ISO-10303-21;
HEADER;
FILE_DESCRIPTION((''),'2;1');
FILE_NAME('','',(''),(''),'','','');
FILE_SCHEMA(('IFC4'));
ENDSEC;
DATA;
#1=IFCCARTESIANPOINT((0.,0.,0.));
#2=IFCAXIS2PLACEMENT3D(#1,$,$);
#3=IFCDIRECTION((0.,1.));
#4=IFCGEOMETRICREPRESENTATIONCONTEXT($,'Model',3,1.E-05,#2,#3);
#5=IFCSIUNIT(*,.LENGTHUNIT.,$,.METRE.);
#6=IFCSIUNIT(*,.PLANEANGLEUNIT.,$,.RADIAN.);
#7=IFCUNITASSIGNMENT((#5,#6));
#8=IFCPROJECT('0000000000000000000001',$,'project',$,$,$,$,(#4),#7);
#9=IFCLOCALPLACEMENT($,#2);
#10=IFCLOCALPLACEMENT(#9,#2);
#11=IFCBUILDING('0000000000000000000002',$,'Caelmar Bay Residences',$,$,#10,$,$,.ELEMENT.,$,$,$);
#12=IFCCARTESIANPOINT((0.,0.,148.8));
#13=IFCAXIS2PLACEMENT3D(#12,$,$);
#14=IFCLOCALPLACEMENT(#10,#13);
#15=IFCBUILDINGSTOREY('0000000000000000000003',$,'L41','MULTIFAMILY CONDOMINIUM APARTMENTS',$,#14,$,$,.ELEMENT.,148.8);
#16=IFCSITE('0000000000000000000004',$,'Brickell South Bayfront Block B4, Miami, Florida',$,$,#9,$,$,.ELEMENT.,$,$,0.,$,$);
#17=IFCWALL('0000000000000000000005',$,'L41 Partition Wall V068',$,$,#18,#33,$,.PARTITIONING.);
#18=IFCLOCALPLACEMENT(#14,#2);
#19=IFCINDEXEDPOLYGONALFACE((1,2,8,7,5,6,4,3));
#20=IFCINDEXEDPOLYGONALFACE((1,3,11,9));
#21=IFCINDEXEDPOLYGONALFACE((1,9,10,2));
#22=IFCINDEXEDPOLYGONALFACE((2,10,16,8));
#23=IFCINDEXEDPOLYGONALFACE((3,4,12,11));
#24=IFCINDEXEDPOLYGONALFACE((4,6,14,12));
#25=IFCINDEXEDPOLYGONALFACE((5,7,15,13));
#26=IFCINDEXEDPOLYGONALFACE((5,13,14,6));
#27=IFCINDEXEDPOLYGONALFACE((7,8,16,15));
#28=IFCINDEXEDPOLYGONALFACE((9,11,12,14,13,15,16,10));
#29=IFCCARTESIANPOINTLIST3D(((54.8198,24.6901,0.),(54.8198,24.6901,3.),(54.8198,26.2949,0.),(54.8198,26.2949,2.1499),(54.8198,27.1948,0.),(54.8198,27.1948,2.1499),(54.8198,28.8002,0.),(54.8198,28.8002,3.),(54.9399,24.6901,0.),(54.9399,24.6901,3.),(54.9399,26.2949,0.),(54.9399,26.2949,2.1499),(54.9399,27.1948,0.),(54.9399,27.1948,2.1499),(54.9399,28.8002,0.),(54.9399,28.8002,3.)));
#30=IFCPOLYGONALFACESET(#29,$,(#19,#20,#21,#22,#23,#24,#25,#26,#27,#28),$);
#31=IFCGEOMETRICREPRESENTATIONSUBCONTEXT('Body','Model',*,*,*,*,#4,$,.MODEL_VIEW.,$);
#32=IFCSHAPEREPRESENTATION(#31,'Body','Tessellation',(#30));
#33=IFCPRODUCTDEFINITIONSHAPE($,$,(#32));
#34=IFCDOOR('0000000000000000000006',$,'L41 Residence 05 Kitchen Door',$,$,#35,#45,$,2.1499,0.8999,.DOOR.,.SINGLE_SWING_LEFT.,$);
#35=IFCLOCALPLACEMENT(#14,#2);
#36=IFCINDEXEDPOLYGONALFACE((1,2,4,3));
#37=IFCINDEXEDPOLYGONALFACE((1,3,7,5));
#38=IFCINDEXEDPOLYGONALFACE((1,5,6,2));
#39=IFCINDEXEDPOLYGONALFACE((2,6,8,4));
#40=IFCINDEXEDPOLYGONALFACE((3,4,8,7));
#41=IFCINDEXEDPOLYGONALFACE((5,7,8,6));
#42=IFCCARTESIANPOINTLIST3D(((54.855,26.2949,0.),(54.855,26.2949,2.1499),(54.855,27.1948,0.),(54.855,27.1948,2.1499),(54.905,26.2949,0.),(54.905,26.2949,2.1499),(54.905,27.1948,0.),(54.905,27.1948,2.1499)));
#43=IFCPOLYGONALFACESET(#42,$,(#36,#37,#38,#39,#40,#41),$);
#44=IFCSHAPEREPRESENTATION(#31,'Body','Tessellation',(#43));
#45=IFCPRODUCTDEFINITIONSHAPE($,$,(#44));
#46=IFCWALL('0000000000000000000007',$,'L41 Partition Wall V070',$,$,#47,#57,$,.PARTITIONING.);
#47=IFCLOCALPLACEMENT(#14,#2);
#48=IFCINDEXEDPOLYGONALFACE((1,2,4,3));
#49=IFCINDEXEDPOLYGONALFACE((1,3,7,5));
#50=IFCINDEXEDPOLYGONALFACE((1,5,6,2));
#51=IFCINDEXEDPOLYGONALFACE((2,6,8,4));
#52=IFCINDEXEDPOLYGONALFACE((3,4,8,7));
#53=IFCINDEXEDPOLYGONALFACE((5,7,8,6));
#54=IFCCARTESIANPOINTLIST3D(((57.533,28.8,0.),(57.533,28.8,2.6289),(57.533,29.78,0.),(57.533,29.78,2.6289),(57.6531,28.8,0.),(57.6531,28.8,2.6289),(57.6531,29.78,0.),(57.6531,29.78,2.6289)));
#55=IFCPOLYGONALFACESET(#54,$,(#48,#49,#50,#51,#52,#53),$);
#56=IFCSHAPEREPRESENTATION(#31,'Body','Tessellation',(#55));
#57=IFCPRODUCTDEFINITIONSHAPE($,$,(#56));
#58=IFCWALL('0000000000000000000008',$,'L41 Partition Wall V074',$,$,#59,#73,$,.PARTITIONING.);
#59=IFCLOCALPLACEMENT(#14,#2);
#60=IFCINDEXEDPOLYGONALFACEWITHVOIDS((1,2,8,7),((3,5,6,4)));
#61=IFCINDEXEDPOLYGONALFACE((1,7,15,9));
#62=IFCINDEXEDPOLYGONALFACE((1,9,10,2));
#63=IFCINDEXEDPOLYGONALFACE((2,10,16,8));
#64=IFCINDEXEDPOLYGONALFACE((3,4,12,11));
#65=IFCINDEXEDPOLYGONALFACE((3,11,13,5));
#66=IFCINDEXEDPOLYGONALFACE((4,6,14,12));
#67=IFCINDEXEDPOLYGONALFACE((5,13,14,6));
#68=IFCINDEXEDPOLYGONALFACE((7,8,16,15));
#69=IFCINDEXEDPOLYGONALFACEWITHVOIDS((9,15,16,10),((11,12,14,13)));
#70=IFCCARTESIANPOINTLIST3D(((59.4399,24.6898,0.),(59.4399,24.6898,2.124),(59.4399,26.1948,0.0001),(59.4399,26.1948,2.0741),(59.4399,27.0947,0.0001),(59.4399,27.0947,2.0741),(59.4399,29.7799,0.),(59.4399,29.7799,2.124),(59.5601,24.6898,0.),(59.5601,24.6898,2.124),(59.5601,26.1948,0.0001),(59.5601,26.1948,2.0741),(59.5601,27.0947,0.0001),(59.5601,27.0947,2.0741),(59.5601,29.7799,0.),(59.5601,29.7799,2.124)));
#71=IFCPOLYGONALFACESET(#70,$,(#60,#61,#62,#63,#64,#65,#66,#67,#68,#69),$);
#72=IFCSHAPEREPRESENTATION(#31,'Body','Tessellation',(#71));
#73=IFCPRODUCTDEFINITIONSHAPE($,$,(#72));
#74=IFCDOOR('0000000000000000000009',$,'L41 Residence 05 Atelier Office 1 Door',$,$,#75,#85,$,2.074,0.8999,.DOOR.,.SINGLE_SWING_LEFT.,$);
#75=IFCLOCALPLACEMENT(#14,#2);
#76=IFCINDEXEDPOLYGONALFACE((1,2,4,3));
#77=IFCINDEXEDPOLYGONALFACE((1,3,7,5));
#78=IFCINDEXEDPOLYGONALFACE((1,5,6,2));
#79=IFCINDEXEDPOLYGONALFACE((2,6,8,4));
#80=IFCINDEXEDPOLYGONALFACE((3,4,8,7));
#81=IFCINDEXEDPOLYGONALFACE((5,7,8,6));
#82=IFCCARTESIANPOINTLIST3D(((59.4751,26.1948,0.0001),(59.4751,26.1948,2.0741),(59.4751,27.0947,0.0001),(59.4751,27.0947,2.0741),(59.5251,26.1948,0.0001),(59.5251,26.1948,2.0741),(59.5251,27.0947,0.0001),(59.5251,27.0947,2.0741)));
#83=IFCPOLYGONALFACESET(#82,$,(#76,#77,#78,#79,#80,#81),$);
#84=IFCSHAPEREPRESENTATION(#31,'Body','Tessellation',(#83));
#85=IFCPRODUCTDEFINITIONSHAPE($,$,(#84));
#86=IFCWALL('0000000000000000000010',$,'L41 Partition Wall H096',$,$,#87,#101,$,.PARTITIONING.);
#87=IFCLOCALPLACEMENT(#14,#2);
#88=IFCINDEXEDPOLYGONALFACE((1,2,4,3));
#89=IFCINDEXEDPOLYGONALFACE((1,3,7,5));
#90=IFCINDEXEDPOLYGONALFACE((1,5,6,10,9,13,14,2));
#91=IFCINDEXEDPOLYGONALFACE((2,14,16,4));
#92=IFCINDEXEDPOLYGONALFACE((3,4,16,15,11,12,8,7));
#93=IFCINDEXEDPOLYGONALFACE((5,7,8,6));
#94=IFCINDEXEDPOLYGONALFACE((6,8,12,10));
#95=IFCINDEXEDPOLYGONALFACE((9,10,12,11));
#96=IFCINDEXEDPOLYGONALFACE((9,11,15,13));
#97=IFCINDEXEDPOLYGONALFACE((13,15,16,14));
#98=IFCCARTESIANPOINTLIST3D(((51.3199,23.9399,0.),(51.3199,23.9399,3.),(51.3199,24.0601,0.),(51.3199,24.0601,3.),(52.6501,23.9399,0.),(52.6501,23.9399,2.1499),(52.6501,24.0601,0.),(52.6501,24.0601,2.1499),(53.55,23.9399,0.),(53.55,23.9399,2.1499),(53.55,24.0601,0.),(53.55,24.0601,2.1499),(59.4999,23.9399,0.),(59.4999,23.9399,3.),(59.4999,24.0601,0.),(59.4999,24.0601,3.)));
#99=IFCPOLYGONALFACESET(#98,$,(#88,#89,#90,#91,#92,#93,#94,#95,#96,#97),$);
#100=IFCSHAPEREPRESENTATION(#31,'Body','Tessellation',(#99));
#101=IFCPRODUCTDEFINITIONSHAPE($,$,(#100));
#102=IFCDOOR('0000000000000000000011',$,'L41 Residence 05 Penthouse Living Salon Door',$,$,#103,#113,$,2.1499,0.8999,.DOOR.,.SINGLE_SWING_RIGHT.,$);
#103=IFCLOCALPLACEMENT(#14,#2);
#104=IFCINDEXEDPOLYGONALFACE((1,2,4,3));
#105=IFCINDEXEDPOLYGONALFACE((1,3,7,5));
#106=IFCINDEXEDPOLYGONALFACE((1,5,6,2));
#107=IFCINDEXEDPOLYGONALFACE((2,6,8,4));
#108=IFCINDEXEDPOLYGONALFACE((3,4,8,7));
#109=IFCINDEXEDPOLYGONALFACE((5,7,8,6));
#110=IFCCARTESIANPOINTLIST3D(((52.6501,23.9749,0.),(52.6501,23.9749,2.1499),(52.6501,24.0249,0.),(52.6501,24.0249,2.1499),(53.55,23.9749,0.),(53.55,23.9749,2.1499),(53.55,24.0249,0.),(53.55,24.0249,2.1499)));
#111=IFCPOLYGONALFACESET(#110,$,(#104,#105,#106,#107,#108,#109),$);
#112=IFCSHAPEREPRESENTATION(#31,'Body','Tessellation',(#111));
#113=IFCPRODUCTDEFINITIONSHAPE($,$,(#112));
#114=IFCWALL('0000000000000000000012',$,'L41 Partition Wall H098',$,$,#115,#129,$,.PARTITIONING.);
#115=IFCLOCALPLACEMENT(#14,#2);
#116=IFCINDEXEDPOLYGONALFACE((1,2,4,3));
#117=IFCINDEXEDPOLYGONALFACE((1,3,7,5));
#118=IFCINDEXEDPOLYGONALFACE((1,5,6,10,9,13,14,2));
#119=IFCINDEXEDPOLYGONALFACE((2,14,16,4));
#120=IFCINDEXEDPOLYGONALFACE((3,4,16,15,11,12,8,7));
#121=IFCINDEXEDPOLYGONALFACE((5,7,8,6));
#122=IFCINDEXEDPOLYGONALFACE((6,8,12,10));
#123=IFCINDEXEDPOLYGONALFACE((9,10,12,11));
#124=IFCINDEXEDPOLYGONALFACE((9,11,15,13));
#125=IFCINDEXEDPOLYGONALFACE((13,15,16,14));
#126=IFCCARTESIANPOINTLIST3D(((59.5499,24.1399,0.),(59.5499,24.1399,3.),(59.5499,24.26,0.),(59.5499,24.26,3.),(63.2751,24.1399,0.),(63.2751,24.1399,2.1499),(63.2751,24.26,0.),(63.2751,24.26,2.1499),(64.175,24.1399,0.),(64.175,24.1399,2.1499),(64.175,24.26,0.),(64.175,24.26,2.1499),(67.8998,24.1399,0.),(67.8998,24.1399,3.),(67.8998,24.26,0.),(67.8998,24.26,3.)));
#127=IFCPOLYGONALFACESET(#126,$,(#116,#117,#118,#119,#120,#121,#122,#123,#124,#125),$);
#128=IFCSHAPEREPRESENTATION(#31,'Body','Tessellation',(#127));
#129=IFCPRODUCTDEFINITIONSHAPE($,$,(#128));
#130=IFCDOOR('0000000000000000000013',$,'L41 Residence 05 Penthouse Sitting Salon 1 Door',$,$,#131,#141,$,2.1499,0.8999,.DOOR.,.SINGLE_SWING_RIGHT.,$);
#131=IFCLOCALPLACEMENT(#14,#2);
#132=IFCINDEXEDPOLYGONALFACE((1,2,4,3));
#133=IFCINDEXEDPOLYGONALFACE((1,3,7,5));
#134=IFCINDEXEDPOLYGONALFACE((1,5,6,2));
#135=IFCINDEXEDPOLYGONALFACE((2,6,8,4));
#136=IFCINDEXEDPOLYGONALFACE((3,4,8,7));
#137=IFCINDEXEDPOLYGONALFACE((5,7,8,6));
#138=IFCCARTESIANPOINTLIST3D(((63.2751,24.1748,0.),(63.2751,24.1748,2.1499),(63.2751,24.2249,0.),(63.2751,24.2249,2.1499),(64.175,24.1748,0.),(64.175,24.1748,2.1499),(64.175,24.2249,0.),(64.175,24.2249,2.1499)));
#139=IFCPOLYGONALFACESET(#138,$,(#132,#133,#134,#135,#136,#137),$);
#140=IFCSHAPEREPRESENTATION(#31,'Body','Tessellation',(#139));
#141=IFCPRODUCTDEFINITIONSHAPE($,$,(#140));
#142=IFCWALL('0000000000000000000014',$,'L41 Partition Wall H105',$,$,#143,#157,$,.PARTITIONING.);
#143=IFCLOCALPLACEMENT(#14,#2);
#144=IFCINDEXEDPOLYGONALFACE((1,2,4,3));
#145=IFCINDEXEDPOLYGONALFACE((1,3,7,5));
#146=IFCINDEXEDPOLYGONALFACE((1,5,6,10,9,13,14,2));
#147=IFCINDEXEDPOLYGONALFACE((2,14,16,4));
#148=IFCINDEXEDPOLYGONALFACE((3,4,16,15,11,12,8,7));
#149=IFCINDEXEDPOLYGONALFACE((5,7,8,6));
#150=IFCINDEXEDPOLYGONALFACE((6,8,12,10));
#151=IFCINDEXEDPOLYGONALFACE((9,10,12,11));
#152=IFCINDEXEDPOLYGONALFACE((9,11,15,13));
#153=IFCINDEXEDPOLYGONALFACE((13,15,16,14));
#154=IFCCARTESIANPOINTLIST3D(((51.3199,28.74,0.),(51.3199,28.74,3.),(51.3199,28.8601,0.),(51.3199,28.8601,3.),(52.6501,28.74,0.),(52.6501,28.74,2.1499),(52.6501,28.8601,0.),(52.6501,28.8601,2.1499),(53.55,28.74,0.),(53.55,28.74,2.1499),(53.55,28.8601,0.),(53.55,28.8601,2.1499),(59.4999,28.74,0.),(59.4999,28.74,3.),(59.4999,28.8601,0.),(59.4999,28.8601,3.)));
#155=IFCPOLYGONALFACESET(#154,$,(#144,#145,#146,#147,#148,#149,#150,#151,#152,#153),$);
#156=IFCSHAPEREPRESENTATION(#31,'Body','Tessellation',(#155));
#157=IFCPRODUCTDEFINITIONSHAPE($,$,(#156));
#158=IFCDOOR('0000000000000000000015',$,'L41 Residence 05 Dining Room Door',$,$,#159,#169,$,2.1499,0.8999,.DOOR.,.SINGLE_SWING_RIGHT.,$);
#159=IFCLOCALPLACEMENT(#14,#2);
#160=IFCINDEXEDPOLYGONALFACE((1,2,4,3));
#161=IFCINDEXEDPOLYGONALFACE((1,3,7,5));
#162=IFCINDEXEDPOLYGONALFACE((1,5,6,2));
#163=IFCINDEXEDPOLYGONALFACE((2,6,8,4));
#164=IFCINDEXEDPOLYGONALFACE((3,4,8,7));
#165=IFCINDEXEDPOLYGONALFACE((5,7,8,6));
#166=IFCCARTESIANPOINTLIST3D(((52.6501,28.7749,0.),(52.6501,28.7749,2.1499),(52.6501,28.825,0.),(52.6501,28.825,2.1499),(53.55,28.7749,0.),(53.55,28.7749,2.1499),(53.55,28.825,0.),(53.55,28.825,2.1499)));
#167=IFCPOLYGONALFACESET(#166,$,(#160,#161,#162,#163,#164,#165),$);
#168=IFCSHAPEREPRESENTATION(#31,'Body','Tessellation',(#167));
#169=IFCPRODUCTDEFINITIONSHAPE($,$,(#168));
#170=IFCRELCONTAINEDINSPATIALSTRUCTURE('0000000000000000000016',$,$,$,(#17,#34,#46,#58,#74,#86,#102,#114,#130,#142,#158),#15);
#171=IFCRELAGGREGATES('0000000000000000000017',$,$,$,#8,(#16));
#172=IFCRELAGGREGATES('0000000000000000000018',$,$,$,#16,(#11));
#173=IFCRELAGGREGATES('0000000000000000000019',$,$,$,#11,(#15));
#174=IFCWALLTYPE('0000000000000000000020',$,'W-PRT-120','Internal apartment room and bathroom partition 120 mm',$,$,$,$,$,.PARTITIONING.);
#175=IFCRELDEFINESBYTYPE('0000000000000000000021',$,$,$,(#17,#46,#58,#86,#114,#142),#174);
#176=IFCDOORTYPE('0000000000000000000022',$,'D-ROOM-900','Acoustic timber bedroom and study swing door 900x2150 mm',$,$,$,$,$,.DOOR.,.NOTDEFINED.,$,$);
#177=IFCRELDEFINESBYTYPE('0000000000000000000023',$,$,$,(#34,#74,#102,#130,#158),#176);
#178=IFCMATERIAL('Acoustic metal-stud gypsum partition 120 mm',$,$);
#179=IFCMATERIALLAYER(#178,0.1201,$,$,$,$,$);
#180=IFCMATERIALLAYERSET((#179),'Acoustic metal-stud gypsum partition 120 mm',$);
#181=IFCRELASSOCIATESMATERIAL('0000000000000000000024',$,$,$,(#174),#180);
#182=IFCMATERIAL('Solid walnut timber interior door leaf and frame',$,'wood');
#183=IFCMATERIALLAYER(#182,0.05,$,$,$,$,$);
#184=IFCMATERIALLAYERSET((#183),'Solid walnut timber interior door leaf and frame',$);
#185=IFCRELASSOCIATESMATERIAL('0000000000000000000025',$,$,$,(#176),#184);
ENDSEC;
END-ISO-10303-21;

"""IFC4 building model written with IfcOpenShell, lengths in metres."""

from ifc_helpers import new_model, si_unit, direction, frame, frame_2d, origin, place, context, subcontext, project, spatial, rectangle, extrude, material, layer, layer_set, type_object, element, fill, save


model = new_model("IFC4")

# Units and contexts
model_context = context("Model", 3, precision=1e-05, world=origin(), true_north=direction((0.0, 1.0)))
body_context = subcontext(model_context, "Body", "Model", "MODEL_VIEW")
ifc_project = project(units=[si_unit("LENGTHUNIT", "METRE"), si_unit("PLANEANGLEUNIT", "RADIAN")], contexts=[model_context])

# Site, building, storey
site_placement = place(None, origin())
site = spatial("IfcSite", under=ifc_project, at=site_placement, Name="Brickell South Bayfront Block B4, Miami, Florida", CompositionType="ELEMENT", RefElevation=0.0)
building_placement = place(site_placement, origin())
building = spatial("IfcBuilding", under=site, at=building_placement, Name="Caelmar Bay Residences", CompositionType="ELEMENT")
storey_placement = place(building_placement, frame((0.0, 0.0, 148.8)))
storey = spatial("IfcBuildingStorey", under=building, at=storey_placement, Name="L41", Description="MULTIFAMILY CONDOMINIUM APARTMENTS", CompositionType="ELEMENT", Elevation=148.8)

# Shared definitions
ifc_material_1 = material(Name="Acoustic metal-stud gypsum partition 120 mm")
ifc_layer_1 = layer(ifc_material_1, 0.1201)
ifc_layer_set_1 = layer_set([ifc_layer_1], Name="Acoustic metal-stud gypsum partition 120 mm")
wall_type_1 = type_object("IfcWallType", Name="W-PRT-120", Description="Internal apartment room and bathroom partition 120 mm", PredefinedType="PARTITIONING", material=ifc_layer_set_1)

# Wall, opening, door
wall_1_placement = place(storey_placement, frame((54.8799, 24.6899, 0.0), z_axis=(0.0, 0.0, 1.0), x_axis=(0.0, 1.0, 0.0)))
wall_1 = element("IfcWall", 1, at=wall_1_placement, inside=storey, type_object=wall_type_1, Name="L41 Partition Wall V068", PredefinedType="PARTITIONING", context=body_context, shape_type="SweptSolid", body=[
    extrude(rectangle(XDim=4.1101, YDim=0.1201, at=frame_2d((2.0552, 0.0))), origin(), (0.0, 0.0, 1.0), 3.0),
])
opening_1_placement = place(wall_1_placement, frame((1.605, 0.0, 0.0)))
opening_1 = element("IfcOpeningElement", 2, at=opening_1_placement, cuts=wall_1, PredefinedType="OPENING", context=body_context, shape_type="SweptSolid", body=[
    extrude(rectangle(XDim=0.8999, YDim=2.1499, at=frame_2d((0.45, 1.075))), frame((0.0, 0.0701, 0.0), z_axis=(0.0, -1.0, 0.0), x_axis=(1.0, 0.0, 0.0)), (0.0, 0.0, 1.0), 0.1401),
])
ifc_material_2 = material(Name="Solid walnut timber interior door leaf and frame", Category="wood")
ifc_layer_2 = layer(ifc_material_2, 0.05)
ifc_layer_set_2 = layer_set([ifc_layer_2], Name="Solid walnut timber interior door leaf and frame")
door_type = type_object("IfcDoorType", Name="D-ROOM-900", Description="Acoustic timber bedroom and study swing door 900x2150 mm", OperationType="NOTDEFINED", PredefinedType="DOOR", material=ifc_layer_set_2)
door_1_placement = place(opening_1_placement, origin())
door_1 = element("IfcDoor", 3, at=door_1_placement, inside=storey, type_object=door_type, Name="L41 Residence 05 Kitchen Door", OperationType="SINGLE_SWING_LEFT", OverallHeight=2.1499, OverallWidth=0.8999, PredefinedType="DOOR", context=body_context, shape_type="SweptSolid", body=[
    extrude(rectangle(XDim=0.8999, YDim=2.1499, at=frame_2d((0.45, 1.075))), frame((0.0, 0.0249, 0.0), z_axis=(0.0, -1.0, 0.0), x_axis=(1.0, 0.0, 0.0)), (0.0, 0.0, 1.0), 0.05),
])
fill(opening_1, door_1)

# Wall
wall_2_placement = place(storey_placement, frame((57.593, 28.8, 0.0), z_axis=(0.0, 0.0, 1.0), x_axis=(0.0, 1.0, 0.0)))
element("IfcWall", 4, at=wall_2_placement, inside=storey, type_object=wall_type_1, Name="L41 Partition Wall V070", PredefinedType="PARTITIONING", context=body_context, shape_type="SweptSolid", body=[
    extrude(rectangle(XDim=0.98, YDim=0.1201, at=frame_2d((0.49, 0.0))), origin(), (0.0, 0.0, 1.0), 2.6289),
])

# Walls, openings, doors
wall_3_placement = place(storey_placement, frame((59.5, 24.6899, 0.0), z_axis=(0.0, 0.0, 1.0), x_axis=(0.0, 1.0, 0.0)))
wall_3 = element("IfcWall", 5, at=wall_3_placement, inside=storey, type_object=wall_type_1, Name="L41 Partition Wall V074", PredefinedType="PARTITIONING", context=body_context, shape_type="SweptSolid", body=[
    extrude(rectangle(XDim=5.0901, YDim=0.1201, at=frame_2d((2.5449, 0.0))), origin(), (0.0, 0.0, 1.0), 2.124),
])
opening_2_placement = place(wall_3_placement, frame((1.5049, 0.0, 0.0)))
opening_2 = element("IfcOpeningElement", 6, at=opening_2_placement, cuts=wall_3, PredefinedType="OPENING", context=body_context, shape_type="SweptSolid", body=[
    extrude(rectangle(XDim=0.8999, YDim=2.074, at=frame_2d((0.45, 1.0371))), frame((0.0, 0.0701, 0.0), z_axis=(0.0, -1.0, 0.0), x_axis=(1.0, 0.0, 0.0)), (0.0, 0.0, 1.0), 0.1401),
])
door_2_placement = place(opening_2_placement, origin())
door_2 = element("IfcDoor", 7, at=door_2_placement, inside=storey, type_object=door_type, Name="L41 Residence 05 Atelier Office 1 Door", OperationType="SINGLE_SWING_LEFT", OverallHeight=2.074, OverallWidth=0.8999, PredefinedType="DOOR", context=body_context, shape_type="SweptSolid", body=[
    extrude(rectangle(XDim=0.8999, YDim=2.074, at=frame_2d((0.45, 1.0371))), frame((0.0, 0.0249, 0.0), z_axis=(0.0, -1.0, 0.0), x_axis=(1.0, 0.0, 0.0)), (0.0, 0.0, 1.0), 0.05),
])
fill(opening_2, door_2)
wall_4_placement = place(storey_placement, frame((51.3201, 24.0, 0.0), z_axis=(0.0, 0.0, 1.0), x_axis=(1.0, 0.0, 0.0)))
wall_4 = element("IfcWall", 8, at=wall_4_placement, inside=storey, type_object=wall_type_1, Name="L41 Partition Wall H096", PredefinedType="PARTITIONING", context=body_context, shape_type="SweptSolid", body=[
    extrude(rectangle(XDim=8.1799, YDim=0.1201, at=frame_2d((4.0898, 0.0))), origin(), (0.0, 0.0, 1.0), 3.0),
])
opening_3_placement = place(wall_4_placement, frame((1.3301, 0.0, 0.0)))
opening_3 = element("IfcOpeningElement", 9, at=opening_3_placement, cuts=wall_4, PredefinedType="OPENING", context=body_context, shape_type="SweptSolid", body=[
    extrude(rectangle(XDim=0.8999, YDim=2.1499, at=frame_2d((0.45, 1.075))), frame((0.0, 0.0701, 0.0), z_axis=(0.0, -1.0, 0.0), x_axis=(1.0, 0.0, 0.0)), (0.0, 0.0, 1.0), 0.1401),
])
door_3_placement = place(opening_3_placement, origin())
door_3 = element("IfcDoor", 10, at=door_3_placement, inside=storey, type_object=door_type, Name="L41 Residence 05 Penthouse Living Salon Door", OperationType="SINGLE_SWING_RIGHT", OverallHeight=2.1499, OverallWidth=0.8999, PredefinedType="DOOR", context=body_context, shape_type="SweptSolid", body=[
    extrude(rectangle(XDim=0.8999, YDim=2.1499, at=frame_2d((0.45, 1.075))), frame((0.0, 0.0249, 0.0), z_axis=(0.0, -1.0, 0.0), x_axis=(1.0, 0.0, 0.0)), (0.0, 0.0, 1.0), 0.05),
])
fill(opening_3, door_3)
wall_5_placement = place(storey_placement, frame((59.55, 24.2, 0.0), z_axis=(0.0, 0.0, 1.0), x_axis=(1.0, 0.0, 0.0)))
wall_5 = element("IfcWall", 11, at=wall_5_placement, inside=storey, type_object=wall_type_1, Name="L41 Partition Wall H098", PredefinedType="PARTITIONING", context=body_context, shape_type="SweptSolid", body=[
    extrude(rectangle(XDim=8.3499, YDim=0.1201, at=frame_2d((4.1748, 0.0))), origin(), (0.0, 0.0, 1.0), 3.0),
])
opening_4_placement = place(wall_5_placement, frame((3.7251, 0.0, 0.0)))
opening_4 = element("IfcOpeningElement", 12, at=opening_4_placement, cuts=wall_5, PredefinedType="OPENING", context=body_context, shape_type="SweptSolid", body=[
    extrude(rectangle(XDim=0.8999, YDim=2.1499, at=frame_2d((0.45, 1.075))), frame((0.0, 0.0701, 0.0), z_axis=(0.0, -1.0, 0.0), x_axis=(1.0, 0.0, 0.0)), (0.0, 0.0, 1.0), 0.1401),
])
door_4_placement = place(opening_4_placement, origin())
door_4 = element("IfcDoor", 13, at=door_4_placement, inside=storey, type_object=door_type, Name="L41 Residence 05 Penthouse Sitting Salon 1 Door", OperationType="SINGLE_SWING_RIGHT", OverallHeight=2.1499, OverallWidth=0.8999, PredefinedType="DOOR", context=body_context, shape_type="SweptSolid", body=[
    extrude(rectangle(XDim=0.8999, YDim=2.1499, at=frame_2d((0.45, 1.075))), frame((0.0, 0.0249, 0.0), z_axis=(0.0, -1.0, 0.0), x_axis=(1.0, 0.0, 0.0)), (0.0, 0.0, 1.0), 0.05),
])
fill(opening_4, door_4)
wall_6_placement = place(storey_placement, frame((51.3201, 28.8, 0.0), z_axis=(0.0, 0.0, 1.0), x_axis=(1.0, 0.0, 0.0)))
wall_6 = element("IfcWall", 14, at=wall_6_placement, inside=storey, type_object=wall_type_1, Name="L41 Partition Wall H105", PredefinedType="PARTITIONING", context=body_context, shape_type="SweptSolid", body=[
    extrude(rectangle(XDim=8.1799, YDim=0.1201, at=frame_2d((4.0898, 0.0))), origin(), (0.0, 0.0, 1.0), 3.0),
])
opening_5_placement = place(wall_6_placement, frame((1.3301, 0.0, 0.0)))
opening_5 = element("IfcOpeningElement", 15, at=opening_5_placement, cuts=wall_6, PredefinedType="OPENING", context=body_context, shape_type="SweptSolid", body=[
    extrude(rectangle(XDim=0.8999, YDim=2.1499, at=frame_2d((0.45, 1.075))), frame((0.0, 0.0701, 0.0), z_axis=(0.0, -1.0, 0.0), x_axis=(1.0, 0.0, 0.0)), (0.0, 0.0, 1.0), 0.1401),
])
door_5_placement = place(opening_5_placement, origin())
door_5 = element("IfcDoor", 16, at=door_5_placement, inside=storey, type_object=door_type, Name="L41 Residence 05 Dining Room Door", OperationType="SINGLE_SWING_RIGHT", OverallHeight=2.1499, OverallWidth=0.8999, PredefinedType="DOOR", context=body_context, shape_type="SweptSolid", body=[
    extrude(rectangle(XDim=0.8999, YDim=2.1499, at=frame_2d((0.45, 1.075))), frame((0.0, 0.0249, 0.0), z_axis=(0.0, -1.0, 0.0), x_axis=(1.0, 0.0, 0.0)), (0.0, 0.0, 1.0), 0.05),
])
fill(opening_5, door_5)

save(model, "model.ifc")
